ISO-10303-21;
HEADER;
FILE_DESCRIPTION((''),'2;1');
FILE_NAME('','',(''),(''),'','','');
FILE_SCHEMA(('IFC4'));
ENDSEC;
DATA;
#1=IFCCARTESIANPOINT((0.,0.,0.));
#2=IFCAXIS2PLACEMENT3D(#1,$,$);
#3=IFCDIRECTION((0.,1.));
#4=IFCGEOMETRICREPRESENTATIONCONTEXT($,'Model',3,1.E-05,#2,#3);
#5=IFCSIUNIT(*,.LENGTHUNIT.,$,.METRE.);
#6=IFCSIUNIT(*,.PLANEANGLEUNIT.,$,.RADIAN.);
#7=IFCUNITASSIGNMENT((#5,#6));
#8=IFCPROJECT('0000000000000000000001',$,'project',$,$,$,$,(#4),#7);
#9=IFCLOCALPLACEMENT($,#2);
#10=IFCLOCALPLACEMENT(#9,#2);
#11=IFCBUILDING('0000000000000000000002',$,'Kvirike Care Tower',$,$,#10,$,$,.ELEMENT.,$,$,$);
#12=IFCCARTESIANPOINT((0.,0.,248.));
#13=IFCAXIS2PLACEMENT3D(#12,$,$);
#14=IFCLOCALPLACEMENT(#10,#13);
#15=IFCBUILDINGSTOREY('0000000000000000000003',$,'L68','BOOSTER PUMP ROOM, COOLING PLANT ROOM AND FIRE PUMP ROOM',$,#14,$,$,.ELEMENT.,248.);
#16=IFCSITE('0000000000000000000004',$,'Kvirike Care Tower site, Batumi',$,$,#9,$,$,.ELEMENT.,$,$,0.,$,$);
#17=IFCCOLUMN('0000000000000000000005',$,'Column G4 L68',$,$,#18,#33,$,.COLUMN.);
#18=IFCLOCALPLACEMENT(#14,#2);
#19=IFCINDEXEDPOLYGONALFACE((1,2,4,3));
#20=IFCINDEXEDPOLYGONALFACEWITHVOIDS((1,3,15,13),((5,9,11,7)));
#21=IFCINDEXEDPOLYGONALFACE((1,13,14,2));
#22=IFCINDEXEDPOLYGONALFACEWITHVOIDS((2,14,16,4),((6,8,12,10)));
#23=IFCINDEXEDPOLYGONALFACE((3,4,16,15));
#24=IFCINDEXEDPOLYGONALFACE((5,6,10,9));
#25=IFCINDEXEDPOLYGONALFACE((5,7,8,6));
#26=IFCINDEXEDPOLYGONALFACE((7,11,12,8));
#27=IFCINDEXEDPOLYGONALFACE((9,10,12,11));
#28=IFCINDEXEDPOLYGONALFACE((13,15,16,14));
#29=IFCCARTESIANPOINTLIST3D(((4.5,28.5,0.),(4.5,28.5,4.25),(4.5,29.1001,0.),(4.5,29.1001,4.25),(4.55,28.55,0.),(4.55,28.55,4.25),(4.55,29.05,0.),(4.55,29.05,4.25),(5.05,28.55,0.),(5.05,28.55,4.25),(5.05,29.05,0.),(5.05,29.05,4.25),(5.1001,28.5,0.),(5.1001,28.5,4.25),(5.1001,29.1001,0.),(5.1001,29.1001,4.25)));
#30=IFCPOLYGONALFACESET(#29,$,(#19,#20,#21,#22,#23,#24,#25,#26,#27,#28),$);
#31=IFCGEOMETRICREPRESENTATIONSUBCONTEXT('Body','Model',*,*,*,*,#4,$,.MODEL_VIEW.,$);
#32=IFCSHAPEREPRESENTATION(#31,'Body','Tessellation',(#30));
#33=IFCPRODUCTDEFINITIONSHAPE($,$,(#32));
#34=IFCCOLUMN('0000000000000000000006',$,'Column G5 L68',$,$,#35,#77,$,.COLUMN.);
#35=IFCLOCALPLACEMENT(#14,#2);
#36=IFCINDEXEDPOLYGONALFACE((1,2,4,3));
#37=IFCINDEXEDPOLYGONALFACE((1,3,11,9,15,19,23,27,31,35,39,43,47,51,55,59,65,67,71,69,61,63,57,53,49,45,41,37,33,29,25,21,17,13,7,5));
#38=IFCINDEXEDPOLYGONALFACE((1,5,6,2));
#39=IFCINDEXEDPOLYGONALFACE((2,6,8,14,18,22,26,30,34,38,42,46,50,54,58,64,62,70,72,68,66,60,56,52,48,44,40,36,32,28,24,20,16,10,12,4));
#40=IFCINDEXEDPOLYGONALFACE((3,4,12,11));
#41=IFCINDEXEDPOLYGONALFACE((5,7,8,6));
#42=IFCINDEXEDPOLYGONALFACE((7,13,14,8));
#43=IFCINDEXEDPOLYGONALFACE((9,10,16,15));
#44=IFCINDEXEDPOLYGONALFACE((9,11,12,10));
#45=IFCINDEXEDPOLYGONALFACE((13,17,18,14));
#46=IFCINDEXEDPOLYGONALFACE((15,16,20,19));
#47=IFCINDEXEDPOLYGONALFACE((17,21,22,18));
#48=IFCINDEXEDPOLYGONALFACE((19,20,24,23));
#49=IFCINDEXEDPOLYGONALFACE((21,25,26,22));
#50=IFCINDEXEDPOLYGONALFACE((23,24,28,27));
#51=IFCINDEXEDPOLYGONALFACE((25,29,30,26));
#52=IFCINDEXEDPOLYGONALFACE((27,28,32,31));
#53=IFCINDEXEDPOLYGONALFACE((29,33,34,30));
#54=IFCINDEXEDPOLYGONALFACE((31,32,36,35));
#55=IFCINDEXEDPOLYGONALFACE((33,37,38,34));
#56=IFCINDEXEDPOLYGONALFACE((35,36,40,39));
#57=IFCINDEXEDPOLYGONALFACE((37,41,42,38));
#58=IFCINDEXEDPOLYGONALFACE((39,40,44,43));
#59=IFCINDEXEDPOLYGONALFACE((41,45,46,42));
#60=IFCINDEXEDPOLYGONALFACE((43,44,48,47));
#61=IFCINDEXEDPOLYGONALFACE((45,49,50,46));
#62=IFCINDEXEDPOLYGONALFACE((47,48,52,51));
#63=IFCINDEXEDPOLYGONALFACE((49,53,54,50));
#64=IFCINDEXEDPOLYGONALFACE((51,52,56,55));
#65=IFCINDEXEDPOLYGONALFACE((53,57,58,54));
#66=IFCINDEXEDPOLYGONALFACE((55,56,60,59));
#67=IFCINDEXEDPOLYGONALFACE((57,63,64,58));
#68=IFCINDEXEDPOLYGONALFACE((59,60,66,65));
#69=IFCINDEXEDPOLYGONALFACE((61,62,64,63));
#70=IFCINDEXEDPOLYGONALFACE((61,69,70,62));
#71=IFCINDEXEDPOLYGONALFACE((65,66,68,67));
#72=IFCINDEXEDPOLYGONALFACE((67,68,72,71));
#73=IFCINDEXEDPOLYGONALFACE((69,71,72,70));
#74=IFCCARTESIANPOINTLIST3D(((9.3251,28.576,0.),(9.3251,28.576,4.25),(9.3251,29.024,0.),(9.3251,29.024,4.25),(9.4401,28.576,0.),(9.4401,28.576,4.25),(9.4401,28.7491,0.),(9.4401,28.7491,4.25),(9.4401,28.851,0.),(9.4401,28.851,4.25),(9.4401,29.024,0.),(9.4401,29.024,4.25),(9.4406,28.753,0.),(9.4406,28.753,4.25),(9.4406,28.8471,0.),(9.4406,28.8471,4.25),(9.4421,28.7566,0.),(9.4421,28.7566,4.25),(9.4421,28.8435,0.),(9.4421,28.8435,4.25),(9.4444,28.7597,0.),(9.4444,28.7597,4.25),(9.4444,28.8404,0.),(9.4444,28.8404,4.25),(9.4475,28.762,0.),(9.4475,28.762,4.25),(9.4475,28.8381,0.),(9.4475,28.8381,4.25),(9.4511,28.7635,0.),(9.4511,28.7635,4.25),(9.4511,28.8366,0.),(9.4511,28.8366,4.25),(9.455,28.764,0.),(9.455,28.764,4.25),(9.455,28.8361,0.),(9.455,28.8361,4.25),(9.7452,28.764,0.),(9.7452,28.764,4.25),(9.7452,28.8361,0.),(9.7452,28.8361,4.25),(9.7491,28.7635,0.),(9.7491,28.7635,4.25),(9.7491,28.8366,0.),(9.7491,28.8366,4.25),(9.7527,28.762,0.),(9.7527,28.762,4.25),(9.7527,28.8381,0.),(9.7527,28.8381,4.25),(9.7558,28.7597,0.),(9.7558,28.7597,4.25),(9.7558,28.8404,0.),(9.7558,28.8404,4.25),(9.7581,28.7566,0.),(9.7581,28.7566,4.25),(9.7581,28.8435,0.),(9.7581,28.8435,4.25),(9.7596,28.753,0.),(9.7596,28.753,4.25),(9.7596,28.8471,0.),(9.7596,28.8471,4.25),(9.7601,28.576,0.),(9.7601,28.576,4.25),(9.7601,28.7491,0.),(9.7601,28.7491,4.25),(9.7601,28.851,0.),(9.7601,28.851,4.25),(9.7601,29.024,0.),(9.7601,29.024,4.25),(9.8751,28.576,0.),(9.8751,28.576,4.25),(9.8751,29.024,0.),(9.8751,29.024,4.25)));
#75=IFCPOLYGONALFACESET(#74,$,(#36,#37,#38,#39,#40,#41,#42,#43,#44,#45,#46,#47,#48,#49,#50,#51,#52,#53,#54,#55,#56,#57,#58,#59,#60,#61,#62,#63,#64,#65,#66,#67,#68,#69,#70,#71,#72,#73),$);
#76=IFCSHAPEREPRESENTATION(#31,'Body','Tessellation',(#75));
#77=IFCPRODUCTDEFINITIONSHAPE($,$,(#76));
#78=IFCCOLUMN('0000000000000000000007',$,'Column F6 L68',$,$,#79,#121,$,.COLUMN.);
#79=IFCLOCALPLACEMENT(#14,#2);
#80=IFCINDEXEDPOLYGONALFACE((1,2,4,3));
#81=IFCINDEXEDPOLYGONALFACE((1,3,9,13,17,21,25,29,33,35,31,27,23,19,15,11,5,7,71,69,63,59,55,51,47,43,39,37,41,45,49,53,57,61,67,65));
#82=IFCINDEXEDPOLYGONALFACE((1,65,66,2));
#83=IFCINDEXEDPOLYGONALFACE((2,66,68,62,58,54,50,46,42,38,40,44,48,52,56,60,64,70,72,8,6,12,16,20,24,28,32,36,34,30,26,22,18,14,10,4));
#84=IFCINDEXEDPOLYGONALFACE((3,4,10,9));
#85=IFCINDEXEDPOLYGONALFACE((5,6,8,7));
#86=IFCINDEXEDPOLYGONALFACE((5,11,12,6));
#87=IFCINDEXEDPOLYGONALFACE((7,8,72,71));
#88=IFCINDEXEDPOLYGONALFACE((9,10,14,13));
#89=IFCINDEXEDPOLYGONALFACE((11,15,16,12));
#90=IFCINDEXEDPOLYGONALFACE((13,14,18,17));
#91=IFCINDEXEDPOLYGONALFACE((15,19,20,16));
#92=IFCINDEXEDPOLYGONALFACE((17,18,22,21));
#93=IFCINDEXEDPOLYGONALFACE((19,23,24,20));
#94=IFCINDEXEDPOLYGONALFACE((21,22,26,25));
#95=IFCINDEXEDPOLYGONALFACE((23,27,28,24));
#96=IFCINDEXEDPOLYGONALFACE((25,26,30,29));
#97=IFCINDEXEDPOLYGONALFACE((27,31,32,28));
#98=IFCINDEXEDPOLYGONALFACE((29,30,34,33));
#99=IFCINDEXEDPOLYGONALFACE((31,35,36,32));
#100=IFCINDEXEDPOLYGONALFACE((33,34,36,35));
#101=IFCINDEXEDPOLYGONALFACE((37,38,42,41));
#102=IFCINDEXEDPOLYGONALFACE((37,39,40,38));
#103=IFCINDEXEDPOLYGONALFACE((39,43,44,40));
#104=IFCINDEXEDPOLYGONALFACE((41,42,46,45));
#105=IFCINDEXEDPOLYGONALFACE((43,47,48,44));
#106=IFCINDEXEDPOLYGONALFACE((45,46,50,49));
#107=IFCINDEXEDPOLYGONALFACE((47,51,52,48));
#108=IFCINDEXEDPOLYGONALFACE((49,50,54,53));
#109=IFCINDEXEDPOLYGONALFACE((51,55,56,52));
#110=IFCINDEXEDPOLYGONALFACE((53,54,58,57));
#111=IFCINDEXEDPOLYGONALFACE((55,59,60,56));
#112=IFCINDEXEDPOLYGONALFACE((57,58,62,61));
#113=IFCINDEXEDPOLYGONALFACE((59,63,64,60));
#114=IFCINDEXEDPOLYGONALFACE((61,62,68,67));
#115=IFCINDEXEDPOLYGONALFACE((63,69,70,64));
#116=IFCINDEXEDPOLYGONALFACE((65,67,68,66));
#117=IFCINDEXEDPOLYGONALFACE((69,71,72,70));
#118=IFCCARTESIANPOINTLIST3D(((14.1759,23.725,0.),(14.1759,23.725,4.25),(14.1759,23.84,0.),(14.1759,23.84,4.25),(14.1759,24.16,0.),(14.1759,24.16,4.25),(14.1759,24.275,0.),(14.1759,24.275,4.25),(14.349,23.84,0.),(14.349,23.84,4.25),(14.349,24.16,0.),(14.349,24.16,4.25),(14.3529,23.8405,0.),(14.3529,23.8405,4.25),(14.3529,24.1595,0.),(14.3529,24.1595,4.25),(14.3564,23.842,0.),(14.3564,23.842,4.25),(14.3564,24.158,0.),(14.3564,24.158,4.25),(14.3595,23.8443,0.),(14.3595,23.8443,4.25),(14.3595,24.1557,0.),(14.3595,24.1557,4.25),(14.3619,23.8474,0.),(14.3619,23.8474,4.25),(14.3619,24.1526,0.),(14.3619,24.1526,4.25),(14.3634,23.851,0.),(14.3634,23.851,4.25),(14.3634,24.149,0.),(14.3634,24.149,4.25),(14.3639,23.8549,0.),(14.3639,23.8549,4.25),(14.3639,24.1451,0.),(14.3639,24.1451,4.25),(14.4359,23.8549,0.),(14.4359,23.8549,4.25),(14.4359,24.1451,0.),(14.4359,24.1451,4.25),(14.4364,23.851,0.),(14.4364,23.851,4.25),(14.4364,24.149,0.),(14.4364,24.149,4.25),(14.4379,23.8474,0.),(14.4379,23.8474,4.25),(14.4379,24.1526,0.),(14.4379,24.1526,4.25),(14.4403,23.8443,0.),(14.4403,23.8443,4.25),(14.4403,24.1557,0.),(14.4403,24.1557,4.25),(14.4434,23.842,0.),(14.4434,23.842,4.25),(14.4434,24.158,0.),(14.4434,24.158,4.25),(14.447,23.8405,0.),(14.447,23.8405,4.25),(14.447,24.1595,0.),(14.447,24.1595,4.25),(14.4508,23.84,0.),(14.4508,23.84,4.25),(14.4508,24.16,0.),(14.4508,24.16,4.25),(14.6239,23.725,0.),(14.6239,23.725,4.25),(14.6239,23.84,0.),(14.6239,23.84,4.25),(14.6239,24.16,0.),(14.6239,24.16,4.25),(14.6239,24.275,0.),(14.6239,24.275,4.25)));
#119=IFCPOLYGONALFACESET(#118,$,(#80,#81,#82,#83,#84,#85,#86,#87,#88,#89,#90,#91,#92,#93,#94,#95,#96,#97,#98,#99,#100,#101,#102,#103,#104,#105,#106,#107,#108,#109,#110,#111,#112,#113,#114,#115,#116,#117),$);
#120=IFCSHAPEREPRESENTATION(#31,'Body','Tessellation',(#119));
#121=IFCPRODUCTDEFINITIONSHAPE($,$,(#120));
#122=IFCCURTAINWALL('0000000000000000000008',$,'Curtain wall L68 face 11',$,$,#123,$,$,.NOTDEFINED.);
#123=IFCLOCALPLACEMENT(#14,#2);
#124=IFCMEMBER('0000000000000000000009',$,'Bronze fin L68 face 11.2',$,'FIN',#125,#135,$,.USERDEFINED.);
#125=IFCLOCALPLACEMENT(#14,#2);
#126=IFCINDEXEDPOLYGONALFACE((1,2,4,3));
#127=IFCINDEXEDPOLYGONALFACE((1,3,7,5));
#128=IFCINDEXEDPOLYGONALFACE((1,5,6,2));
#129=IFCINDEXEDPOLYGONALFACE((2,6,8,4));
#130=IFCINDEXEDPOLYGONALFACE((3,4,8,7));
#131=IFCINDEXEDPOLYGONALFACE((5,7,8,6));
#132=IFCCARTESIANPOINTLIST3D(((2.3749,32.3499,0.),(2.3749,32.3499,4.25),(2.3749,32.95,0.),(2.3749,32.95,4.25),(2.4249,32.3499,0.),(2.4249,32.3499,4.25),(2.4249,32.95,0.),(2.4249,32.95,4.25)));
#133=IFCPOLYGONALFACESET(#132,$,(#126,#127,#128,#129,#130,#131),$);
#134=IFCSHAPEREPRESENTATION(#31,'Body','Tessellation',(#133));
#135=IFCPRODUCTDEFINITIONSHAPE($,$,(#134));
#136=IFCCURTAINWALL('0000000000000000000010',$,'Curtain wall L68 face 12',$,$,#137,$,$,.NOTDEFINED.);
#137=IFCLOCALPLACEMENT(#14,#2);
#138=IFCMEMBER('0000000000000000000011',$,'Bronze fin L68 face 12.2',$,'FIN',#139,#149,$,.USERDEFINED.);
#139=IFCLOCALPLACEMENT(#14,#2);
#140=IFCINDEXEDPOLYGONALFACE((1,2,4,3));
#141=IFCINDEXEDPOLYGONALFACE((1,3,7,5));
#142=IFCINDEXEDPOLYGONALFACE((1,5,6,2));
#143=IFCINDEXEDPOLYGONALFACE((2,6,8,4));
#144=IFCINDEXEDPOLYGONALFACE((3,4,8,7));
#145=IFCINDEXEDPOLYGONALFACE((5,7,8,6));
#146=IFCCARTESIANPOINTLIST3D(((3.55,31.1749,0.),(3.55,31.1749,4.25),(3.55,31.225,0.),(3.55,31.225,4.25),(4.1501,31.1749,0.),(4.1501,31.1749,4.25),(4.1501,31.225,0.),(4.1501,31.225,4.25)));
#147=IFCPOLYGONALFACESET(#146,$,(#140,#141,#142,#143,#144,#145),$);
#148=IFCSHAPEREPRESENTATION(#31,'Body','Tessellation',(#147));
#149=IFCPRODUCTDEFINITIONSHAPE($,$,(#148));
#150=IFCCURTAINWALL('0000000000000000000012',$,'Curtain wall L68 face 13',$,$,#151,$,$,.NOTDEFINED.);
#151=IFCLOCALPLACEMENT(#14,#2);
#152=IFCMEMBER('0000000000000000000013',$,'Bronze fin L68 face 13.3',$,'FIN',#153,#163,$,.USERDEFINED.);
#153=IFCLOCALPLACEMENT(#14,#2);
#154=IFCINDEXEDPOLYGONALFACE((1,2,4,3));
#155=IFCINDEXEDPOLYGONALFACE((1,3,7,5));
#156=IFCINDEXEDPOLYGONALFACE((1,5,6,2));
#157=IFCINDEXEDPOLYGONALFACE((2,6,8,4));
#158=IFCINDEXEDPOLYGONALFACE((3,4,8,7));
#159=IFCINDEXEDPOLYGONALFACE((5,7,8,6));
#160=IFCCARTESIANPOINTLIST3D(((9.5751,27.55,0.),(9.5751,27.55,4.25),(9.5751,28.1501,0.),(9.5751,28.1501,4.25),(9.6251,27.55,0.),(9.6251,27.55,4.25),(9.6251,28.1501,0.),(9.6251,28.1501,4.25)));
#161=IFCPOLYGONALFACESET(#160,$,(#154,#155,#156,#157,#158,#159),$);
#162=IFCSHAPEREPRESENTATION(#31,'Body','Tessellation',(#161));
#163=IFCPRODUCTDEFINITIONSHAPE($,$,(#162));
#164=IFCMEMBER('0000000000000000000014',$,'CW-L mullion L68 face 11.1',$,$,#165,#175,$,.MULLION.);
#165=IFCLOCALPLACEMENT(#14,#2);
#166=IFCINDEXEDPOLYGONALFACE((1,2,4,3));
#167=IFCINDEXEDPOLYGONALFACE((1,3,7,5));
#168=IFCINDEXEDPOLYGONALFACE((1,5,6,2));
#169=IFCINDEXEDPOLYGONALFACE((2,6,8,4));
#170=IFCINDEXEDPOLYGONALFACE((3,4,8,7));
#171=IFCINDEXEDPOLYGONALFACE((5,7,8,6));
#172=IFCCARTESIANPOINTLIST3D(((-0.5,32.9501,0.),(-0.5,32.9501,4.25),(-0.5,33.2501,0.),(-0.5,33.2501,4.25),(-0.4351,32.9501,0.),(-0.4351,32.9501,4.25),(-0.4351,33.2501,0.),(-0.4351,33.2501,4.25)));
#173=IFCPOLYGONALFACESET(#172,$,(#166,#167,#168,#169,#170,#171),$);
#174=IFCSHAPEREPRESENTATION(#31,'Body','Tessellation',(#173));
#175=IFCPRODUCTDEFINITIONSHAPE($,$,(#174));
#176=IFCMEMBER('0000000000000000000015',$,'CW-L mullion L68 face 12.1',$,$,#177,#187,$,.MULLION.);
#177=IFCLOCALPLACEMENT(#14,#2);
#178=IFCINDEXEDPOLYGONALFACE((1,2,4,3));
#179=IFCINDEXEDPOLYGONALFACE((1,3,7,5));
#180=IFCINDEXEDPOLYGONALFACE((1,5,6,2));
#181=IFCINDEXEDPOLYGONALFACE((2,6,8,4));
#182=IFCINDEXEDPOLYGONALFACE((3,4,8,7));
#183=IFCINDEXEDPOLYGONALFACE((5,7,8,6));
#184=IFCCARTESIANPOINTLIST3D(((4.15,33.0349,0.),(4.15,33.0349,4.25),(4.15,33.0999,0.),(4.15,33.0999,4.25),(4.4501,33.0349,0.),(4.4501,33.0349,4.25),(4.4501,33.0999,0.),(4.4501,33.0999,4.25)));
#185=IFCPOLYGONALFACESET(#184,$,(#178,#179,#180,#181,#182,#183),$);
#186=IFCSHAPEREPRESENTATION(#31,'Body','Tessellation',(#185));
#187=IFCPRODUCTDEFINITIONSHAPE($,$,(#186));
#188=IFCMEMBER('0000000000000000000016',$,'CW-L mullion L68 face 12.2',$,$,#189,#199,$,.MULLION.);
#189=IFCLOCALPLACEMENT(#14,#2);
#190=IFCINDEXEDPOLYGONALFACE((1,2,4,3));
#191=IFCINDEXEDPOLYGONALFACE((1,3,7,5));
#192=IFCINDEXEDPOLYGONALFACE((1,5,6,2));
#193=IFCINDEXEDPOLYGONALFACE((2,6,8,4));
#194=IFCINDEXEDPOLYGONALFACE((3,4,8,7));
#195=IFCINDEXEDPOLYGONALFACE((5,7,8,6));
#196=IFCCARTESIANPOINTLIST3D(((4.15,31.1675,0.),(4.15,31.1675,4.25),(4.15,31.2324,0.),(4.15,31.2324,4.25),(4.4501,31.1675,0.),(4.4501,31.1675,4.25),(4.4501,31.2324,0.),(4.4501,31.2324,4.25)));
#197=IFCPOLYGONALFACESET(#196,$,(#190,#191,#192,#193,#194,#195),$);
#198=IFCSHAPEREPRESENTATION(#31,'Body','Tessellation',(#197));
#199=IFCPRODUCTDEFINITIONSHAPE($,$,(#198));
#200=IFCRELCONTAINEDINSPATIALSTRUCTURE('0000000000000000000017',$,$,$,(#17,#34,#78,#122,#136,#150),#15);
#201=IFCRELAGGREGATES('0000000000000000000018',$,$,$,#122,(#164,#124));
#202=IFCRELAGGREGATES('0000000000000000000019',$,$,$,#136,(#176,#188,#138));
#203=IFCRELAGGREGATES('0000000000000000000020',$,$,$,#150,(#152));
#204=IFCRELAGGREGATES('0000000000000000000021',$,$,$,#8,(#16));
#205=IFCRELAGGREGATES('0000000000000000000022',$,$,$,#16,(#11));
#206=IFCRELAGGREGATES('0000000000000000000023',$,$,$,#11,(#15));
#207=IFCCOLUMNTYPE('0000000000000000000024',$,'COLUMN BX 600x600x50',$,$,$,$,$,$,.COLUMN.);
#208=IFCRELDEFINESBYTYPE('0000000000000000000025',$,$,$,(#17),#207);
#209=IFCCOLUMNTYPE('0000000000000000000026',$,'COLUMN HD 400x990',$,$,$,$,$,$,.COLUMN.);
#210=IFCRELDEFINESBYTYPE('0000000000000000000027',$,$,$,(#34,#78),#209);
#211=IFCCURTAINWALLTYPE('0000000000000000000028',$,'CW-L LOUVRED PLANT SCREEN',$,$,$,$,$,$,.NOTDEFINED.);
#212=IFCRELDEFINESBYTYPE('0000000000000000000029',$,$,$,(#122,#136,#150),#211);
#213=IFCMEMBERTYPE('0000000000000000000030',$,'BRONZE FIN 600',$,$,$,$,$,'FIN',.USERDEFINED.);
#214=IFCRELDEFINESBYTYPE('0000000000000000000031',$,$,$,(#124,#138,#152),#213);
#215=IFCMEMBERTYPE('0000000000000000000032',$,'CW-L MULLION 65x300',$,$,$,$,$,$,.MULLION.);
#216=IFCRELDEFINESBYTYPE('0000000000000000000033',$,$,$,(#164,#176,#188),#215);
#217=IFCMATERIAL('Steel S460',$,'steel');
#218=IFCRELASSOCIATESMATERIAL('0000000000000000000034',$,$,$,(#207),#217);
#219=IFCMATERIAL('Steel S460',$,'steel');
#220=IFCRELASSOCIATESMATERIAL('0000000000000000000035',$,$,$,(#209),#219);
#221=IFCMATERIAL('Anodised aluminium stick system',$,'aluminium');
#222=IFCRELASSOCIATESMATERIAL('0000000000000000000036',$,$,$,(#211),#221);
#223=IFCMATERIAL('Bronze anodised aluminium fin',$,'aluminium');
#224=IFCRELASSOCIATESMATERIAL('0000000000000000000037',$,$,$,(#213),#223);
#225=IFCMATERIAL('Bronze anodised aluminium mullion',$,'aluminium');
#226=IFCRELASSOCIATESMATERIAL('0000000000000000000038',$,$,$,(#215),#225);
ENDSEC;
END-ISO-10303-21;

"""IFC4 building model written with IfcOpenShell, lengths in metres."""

from ifc_helpers import new_model, si_unit, direction, frame, origin, origin_2d, place, context, subcontext, project, spatial, rectangle, hollow_rectangle, i_section, extrude, material, material_profile, profile_set, type_object, element, aggregate, save


model = new_model("IFC4")

# Units and contexts
model_context = context("Model", 3, precision=1e-05, world=origin(), true_north=direction((0.0, 1.0)))
body_context = subcontext(model_context, "Body", "Model", "MODEL_VIEW")
ifc_project = project(units=[si_unit("LENGTHUNIT", "METRE"), si_unit("PLANEANGLEUNIT", "RADIAN")], contexts=[model_context])

# Site, building, storey
site_placement = place(None, origin())
site = spatial("IfcSite", under=ifc_project, at=site_placement, Name="Kvirike Care Tower site, Batumi", CompositionType="ELEMENT", RefElevation=0.0)
building_placement = place(site_placement, origin())
building = spatial("IfcBuilding", under=site, at=building_placement, Name="Kvirike Care Tower", CompositionType="ELEMENT")
storey_placement = place(building_placement, frame((0.0, 0.0, 248.0)))
storey = spatial("IfcBuildingStorey", under=building, at=storey_placement, Name="L68", Description="BOOSTER PUMP ROOM, COOLING PLANT ROOM AND FIRE PUMP ROOM", CompositionType="ELEMENT", Elevation=248.0)

# Columns
ifc_material_1 = material(Name="Steel S460", Category="steel")
ifc_material_profile_1 = material_profile(ifc_material_1, hollow_rectangle(XDim=0.6001, YDim=0.6001, WallThickness=0.05, at=origin_2d()), Name="BX 600x600x50")
ifc_profile_set_1 = profile_set([ifc_material_profile_1], Name="Steel S460")
column_type_1 = type_object("IfcColumnType", Name="COLUMN BX 600x600x50", PredefinedType="COLUMN", material=ifc_profile_set_1)
column_placement = place(storey_placement, frame((4.8, 28.8, 0.0), z_axis=(0.0, 0.0, 1.0), x_axis=(0.0, 1.0, 0.0)))
element("IfcColumn", 1, at=column_placement, inside=storey, type_object=column_type_1, Name="Column G4 L68", PredefinedType="COLUMN", context=body_context, shape_type="SweptSolid", body=[
    extrude(hollow_rectangle(XDim=0.6001, YDim=0.6001, WallThickness=0.05, at=origin_2d()), origin(), (0.0, 0.0, 1.0), 4.25),
])
ifc_material_2 = material(Name="Steel S460", Category="steel")
ifc_material_profile_2 = material_profile(ifc_material_2, i_section(OverallWidth=0.448, OverallDepth=0.55, WebThickness=0.072, FlangeThickness=0.115, FilletRadius=0.0149, at=origin_2d()), Name="HD 400x990")
ifc_profile_set_2 = profile_set([ifc_material_profile_2], Name="Steel S460")
column_type_2 = type_object("IfcColumnType", Name="COLUMN HD 400x990", PredefinedType="COLUMN", material=ifc_profile_set_2)
for number, where, z_axis, x_axis, name in (
    (2, (9.6001, 28.8, 0.0), (0.0, 0.0, 1.0), (0.0, 1.0, 0.0), "Column G5 L68"),
    (3, (14.3999, 24.0, 0.0), (0.0, 0.0, 1.0), (1.0, 0.0, 0.0), "Column F6 L68"),
):
    element("IfcColumn", number, at=place(storey_placement, frame(where, z_axis=z_axis, x_axis=x_axis)), inside=storey, type_object=column_type_2, Name=name, PredefinedType="COLUMN", context=body_context, shape_type="SweptSolid", body=[
        extrude(i_section(OverallWidth=0.448, OverallDepth=0.55, WebThickness=0.072, FlangeThickness=0.115, FilletRadius=0.0149, at=origin_2d()), origin(), (0.0, 0.0, 1.0), 4.25),
    ])

# Curtain walls, members
ifc_material_3 = material(Name="Anodised aluminium stick system", Category="aluminium")
curtain_wall_type = type_object("IfcCurtainWallType", Name="CW-L LOUVRED PLANT SCREEN", PredefinedType="NOTDEFINED", material=ifc_material_3)
curtain_wall_1_placement = place(storey_placement, origin())
curtain_wall_1 = element("IfcCurtainWall", 4, at=curtain_wall_1_placement, inside=storey, type_object=curtain_wall_type, Name="Curtain wall L68 face 11", PredefinedType="NOTDEFINED")
ifc_material_4 = material(Name="Bronze anodised aluminium fin", Category="aluminium")
ifc_material_profile_3 = material_profile(ifc_material_4, rectangle(XDim=0.05, YDim=0.6001, at=origin_2d()), Name="BRONZE FIN 600")
ifc_profile_set_3 = profile_set([ifc_material_profile_3], Name="Bronze anodised aluminium fin")
member_type_1 = type_object("IfcMemberType", Name="BRONZE FIN 600", ElementType="FIN", PredefinedType="USERDEFINED", material=ifc_profile_set_3)
member_1_placement = place(storey_placement, frame((2.3999, 32.6499, 0.0), z_axis=(0.0, 0.0, 1.0), x_axis=(1.0, 0.0, 0.0)))
member_1 = element("IfcMember", 5, at=member_1_placement, type_object=member_type_1, Name="Bronze fin L68 face 11.2", ObjectType="FIN", PredefinedType="USERDEFINED", context=body_context, shape_type="SweptSolid", body=[
    extrude(rectangle(XDim=0.05, YDim=0.6001, at=origin_2d()), origin(), (0.0, 0.0, 1.0), 4.25),
])
curtain_wall_2_placement = place(storey_placement, origin())
curtain_wall_2 = element("IfcCurtainWall", 6, at=curtain_wall_2_placement, inside=storey, type_object=curtain_wall_type, Name="Curtain wall L68 face 12", PredefinedType="NOTDEFINED")
member_2_placement = place(storey_placement, frame((3.8501, 31.2, 0.0), z_axis=(0.0, 0.0, 1.0), x_axis=(0.0, -1.0, 0.0)))
member_2 = element("IfcMember", 7, at=member_2_placement, type_object=member_type_1, Name="Bronze fin L68 face 12.2", ObjectType="FIN", PredefinedType="USERDEFINED", context=body_context, shape_type="SweptSolid", body=[
    extrude(rectangle(XDim=0.05, YDim=0.6001, at=origin_2d()), origin(), (0.0, 0.0, 1.0), 4.25),
])
curtain_wall_3_placement = place(storey_placement, origin())
curtain_wall_3 = element("IfcCurtainWall", 8, at=curtain_wall_3_placement, inside=storey, type_object=curtain_wall_type, Name="Curtain wall L68 face 13", PredefinedType="NOTDEFINED")
member_3_placement = place(storey_placement, frame((9.6001, 27.8501, 0.0), z_axis=(0.0, 0.0, 1.0), x_axis=(1.0, 0.0, 0.0)))
member_3 = element("IfcMember", 9, at=member_3_placement, type_object=member_type_1, Name="Bronze fin L68 face 13.3", ObjectType="FIN", PredefinedType="USERDEFINED", context=body_context, shape_type="SweptSolid", body=[
    extrude(rectangle(XDim=0.05, YDim=0.6001, at=origin_2d()), origin(), (0.0, 0.0, 1.0), 4.25),
])

# Members
ifc_material_5 = material(Name="Bronze anodised aluminium mullion", Category="aluminium")
ifc_material_profile_4 = material_profile(ifc_material_5, rectangle(XDim=0.0649, YDim=0.3, at=origin_2d()), Name="CW-L MULLION 65x300")
ifc_profile_set_4 = profile_set([ifc_material_profile_4], Name="Bronze anodised aluminium mullion")
member_type_2 = type_object("IfcMemberType", Name="CW-L MULLION 65x300", PredefinedType="MULLION", material=ifc_profile_set_4)
member_4_placement = place(storey_placement, frame((-0.4675, 33.1001, 0.0), z_axis=(0.0, 0.0, 1.0), x_axis=(1.0, 0.0, 0.0)))
member_4 = element("IfcMember", 10, at=member_4_placement, type_object=member_type_2, Name="CW-L mullion L68 face 11.1", PredefinedType="MULLION", context=body_context, shape_type="SweptSolid", body=[
    extrude(rectangle(XDim=0.0649, YDim=0.3, at=origin_2d()), origin(), (0.0, 0.0, 1.0), 4.25),
])
aggregate(curtain_wall_1, [member_4, member_1])
member_5_placement = place(storey_placement, frame((4.3, 33.0674, 0.0), z_axis=(0.0, 0.0, 1.0), x_axis=(0.0, -1.0, 0.0)))
member_5 = element("IfcMember", 11, at=member_5_placement, type_object=member_type_2, Name="CW-L mullion L68 face 12.1", PredefinedType="MULLION", context=body_context, shape_type="SweptSolid", body=[
    extrude(rectangle(XDim=0.0649, YDim=0.3, at=origin_2d()), origin(), (0.0, 0.0, 1.0), 4.25),
])
member_6_placement = place(storey_placement, frame((4.3, 31.2, 0.0), z_axis=(0.0, 0.0, 1.0), x_axis=(0.0, -1.0, 0.0)))
member_6 = element("IfcMember", 12, at=member_6_placement, type_object=member_type_2, Name="CW-L mullion L68 face 12.2", PredefinedType="MULLION", context=body_context, shape_type="SweptSolid", body=[
    extrude(rectangle(XDim=0.0649, YDim=0.3, at=origin_2d()), origin(), (0.0, 0.0, 1.0), 4.25),
])
aggregate(curtain_wall_2, [member_5, member_6, member_2])
aggregate(curtain_wall_3, [member_3])

save(model, "model.ifc")
